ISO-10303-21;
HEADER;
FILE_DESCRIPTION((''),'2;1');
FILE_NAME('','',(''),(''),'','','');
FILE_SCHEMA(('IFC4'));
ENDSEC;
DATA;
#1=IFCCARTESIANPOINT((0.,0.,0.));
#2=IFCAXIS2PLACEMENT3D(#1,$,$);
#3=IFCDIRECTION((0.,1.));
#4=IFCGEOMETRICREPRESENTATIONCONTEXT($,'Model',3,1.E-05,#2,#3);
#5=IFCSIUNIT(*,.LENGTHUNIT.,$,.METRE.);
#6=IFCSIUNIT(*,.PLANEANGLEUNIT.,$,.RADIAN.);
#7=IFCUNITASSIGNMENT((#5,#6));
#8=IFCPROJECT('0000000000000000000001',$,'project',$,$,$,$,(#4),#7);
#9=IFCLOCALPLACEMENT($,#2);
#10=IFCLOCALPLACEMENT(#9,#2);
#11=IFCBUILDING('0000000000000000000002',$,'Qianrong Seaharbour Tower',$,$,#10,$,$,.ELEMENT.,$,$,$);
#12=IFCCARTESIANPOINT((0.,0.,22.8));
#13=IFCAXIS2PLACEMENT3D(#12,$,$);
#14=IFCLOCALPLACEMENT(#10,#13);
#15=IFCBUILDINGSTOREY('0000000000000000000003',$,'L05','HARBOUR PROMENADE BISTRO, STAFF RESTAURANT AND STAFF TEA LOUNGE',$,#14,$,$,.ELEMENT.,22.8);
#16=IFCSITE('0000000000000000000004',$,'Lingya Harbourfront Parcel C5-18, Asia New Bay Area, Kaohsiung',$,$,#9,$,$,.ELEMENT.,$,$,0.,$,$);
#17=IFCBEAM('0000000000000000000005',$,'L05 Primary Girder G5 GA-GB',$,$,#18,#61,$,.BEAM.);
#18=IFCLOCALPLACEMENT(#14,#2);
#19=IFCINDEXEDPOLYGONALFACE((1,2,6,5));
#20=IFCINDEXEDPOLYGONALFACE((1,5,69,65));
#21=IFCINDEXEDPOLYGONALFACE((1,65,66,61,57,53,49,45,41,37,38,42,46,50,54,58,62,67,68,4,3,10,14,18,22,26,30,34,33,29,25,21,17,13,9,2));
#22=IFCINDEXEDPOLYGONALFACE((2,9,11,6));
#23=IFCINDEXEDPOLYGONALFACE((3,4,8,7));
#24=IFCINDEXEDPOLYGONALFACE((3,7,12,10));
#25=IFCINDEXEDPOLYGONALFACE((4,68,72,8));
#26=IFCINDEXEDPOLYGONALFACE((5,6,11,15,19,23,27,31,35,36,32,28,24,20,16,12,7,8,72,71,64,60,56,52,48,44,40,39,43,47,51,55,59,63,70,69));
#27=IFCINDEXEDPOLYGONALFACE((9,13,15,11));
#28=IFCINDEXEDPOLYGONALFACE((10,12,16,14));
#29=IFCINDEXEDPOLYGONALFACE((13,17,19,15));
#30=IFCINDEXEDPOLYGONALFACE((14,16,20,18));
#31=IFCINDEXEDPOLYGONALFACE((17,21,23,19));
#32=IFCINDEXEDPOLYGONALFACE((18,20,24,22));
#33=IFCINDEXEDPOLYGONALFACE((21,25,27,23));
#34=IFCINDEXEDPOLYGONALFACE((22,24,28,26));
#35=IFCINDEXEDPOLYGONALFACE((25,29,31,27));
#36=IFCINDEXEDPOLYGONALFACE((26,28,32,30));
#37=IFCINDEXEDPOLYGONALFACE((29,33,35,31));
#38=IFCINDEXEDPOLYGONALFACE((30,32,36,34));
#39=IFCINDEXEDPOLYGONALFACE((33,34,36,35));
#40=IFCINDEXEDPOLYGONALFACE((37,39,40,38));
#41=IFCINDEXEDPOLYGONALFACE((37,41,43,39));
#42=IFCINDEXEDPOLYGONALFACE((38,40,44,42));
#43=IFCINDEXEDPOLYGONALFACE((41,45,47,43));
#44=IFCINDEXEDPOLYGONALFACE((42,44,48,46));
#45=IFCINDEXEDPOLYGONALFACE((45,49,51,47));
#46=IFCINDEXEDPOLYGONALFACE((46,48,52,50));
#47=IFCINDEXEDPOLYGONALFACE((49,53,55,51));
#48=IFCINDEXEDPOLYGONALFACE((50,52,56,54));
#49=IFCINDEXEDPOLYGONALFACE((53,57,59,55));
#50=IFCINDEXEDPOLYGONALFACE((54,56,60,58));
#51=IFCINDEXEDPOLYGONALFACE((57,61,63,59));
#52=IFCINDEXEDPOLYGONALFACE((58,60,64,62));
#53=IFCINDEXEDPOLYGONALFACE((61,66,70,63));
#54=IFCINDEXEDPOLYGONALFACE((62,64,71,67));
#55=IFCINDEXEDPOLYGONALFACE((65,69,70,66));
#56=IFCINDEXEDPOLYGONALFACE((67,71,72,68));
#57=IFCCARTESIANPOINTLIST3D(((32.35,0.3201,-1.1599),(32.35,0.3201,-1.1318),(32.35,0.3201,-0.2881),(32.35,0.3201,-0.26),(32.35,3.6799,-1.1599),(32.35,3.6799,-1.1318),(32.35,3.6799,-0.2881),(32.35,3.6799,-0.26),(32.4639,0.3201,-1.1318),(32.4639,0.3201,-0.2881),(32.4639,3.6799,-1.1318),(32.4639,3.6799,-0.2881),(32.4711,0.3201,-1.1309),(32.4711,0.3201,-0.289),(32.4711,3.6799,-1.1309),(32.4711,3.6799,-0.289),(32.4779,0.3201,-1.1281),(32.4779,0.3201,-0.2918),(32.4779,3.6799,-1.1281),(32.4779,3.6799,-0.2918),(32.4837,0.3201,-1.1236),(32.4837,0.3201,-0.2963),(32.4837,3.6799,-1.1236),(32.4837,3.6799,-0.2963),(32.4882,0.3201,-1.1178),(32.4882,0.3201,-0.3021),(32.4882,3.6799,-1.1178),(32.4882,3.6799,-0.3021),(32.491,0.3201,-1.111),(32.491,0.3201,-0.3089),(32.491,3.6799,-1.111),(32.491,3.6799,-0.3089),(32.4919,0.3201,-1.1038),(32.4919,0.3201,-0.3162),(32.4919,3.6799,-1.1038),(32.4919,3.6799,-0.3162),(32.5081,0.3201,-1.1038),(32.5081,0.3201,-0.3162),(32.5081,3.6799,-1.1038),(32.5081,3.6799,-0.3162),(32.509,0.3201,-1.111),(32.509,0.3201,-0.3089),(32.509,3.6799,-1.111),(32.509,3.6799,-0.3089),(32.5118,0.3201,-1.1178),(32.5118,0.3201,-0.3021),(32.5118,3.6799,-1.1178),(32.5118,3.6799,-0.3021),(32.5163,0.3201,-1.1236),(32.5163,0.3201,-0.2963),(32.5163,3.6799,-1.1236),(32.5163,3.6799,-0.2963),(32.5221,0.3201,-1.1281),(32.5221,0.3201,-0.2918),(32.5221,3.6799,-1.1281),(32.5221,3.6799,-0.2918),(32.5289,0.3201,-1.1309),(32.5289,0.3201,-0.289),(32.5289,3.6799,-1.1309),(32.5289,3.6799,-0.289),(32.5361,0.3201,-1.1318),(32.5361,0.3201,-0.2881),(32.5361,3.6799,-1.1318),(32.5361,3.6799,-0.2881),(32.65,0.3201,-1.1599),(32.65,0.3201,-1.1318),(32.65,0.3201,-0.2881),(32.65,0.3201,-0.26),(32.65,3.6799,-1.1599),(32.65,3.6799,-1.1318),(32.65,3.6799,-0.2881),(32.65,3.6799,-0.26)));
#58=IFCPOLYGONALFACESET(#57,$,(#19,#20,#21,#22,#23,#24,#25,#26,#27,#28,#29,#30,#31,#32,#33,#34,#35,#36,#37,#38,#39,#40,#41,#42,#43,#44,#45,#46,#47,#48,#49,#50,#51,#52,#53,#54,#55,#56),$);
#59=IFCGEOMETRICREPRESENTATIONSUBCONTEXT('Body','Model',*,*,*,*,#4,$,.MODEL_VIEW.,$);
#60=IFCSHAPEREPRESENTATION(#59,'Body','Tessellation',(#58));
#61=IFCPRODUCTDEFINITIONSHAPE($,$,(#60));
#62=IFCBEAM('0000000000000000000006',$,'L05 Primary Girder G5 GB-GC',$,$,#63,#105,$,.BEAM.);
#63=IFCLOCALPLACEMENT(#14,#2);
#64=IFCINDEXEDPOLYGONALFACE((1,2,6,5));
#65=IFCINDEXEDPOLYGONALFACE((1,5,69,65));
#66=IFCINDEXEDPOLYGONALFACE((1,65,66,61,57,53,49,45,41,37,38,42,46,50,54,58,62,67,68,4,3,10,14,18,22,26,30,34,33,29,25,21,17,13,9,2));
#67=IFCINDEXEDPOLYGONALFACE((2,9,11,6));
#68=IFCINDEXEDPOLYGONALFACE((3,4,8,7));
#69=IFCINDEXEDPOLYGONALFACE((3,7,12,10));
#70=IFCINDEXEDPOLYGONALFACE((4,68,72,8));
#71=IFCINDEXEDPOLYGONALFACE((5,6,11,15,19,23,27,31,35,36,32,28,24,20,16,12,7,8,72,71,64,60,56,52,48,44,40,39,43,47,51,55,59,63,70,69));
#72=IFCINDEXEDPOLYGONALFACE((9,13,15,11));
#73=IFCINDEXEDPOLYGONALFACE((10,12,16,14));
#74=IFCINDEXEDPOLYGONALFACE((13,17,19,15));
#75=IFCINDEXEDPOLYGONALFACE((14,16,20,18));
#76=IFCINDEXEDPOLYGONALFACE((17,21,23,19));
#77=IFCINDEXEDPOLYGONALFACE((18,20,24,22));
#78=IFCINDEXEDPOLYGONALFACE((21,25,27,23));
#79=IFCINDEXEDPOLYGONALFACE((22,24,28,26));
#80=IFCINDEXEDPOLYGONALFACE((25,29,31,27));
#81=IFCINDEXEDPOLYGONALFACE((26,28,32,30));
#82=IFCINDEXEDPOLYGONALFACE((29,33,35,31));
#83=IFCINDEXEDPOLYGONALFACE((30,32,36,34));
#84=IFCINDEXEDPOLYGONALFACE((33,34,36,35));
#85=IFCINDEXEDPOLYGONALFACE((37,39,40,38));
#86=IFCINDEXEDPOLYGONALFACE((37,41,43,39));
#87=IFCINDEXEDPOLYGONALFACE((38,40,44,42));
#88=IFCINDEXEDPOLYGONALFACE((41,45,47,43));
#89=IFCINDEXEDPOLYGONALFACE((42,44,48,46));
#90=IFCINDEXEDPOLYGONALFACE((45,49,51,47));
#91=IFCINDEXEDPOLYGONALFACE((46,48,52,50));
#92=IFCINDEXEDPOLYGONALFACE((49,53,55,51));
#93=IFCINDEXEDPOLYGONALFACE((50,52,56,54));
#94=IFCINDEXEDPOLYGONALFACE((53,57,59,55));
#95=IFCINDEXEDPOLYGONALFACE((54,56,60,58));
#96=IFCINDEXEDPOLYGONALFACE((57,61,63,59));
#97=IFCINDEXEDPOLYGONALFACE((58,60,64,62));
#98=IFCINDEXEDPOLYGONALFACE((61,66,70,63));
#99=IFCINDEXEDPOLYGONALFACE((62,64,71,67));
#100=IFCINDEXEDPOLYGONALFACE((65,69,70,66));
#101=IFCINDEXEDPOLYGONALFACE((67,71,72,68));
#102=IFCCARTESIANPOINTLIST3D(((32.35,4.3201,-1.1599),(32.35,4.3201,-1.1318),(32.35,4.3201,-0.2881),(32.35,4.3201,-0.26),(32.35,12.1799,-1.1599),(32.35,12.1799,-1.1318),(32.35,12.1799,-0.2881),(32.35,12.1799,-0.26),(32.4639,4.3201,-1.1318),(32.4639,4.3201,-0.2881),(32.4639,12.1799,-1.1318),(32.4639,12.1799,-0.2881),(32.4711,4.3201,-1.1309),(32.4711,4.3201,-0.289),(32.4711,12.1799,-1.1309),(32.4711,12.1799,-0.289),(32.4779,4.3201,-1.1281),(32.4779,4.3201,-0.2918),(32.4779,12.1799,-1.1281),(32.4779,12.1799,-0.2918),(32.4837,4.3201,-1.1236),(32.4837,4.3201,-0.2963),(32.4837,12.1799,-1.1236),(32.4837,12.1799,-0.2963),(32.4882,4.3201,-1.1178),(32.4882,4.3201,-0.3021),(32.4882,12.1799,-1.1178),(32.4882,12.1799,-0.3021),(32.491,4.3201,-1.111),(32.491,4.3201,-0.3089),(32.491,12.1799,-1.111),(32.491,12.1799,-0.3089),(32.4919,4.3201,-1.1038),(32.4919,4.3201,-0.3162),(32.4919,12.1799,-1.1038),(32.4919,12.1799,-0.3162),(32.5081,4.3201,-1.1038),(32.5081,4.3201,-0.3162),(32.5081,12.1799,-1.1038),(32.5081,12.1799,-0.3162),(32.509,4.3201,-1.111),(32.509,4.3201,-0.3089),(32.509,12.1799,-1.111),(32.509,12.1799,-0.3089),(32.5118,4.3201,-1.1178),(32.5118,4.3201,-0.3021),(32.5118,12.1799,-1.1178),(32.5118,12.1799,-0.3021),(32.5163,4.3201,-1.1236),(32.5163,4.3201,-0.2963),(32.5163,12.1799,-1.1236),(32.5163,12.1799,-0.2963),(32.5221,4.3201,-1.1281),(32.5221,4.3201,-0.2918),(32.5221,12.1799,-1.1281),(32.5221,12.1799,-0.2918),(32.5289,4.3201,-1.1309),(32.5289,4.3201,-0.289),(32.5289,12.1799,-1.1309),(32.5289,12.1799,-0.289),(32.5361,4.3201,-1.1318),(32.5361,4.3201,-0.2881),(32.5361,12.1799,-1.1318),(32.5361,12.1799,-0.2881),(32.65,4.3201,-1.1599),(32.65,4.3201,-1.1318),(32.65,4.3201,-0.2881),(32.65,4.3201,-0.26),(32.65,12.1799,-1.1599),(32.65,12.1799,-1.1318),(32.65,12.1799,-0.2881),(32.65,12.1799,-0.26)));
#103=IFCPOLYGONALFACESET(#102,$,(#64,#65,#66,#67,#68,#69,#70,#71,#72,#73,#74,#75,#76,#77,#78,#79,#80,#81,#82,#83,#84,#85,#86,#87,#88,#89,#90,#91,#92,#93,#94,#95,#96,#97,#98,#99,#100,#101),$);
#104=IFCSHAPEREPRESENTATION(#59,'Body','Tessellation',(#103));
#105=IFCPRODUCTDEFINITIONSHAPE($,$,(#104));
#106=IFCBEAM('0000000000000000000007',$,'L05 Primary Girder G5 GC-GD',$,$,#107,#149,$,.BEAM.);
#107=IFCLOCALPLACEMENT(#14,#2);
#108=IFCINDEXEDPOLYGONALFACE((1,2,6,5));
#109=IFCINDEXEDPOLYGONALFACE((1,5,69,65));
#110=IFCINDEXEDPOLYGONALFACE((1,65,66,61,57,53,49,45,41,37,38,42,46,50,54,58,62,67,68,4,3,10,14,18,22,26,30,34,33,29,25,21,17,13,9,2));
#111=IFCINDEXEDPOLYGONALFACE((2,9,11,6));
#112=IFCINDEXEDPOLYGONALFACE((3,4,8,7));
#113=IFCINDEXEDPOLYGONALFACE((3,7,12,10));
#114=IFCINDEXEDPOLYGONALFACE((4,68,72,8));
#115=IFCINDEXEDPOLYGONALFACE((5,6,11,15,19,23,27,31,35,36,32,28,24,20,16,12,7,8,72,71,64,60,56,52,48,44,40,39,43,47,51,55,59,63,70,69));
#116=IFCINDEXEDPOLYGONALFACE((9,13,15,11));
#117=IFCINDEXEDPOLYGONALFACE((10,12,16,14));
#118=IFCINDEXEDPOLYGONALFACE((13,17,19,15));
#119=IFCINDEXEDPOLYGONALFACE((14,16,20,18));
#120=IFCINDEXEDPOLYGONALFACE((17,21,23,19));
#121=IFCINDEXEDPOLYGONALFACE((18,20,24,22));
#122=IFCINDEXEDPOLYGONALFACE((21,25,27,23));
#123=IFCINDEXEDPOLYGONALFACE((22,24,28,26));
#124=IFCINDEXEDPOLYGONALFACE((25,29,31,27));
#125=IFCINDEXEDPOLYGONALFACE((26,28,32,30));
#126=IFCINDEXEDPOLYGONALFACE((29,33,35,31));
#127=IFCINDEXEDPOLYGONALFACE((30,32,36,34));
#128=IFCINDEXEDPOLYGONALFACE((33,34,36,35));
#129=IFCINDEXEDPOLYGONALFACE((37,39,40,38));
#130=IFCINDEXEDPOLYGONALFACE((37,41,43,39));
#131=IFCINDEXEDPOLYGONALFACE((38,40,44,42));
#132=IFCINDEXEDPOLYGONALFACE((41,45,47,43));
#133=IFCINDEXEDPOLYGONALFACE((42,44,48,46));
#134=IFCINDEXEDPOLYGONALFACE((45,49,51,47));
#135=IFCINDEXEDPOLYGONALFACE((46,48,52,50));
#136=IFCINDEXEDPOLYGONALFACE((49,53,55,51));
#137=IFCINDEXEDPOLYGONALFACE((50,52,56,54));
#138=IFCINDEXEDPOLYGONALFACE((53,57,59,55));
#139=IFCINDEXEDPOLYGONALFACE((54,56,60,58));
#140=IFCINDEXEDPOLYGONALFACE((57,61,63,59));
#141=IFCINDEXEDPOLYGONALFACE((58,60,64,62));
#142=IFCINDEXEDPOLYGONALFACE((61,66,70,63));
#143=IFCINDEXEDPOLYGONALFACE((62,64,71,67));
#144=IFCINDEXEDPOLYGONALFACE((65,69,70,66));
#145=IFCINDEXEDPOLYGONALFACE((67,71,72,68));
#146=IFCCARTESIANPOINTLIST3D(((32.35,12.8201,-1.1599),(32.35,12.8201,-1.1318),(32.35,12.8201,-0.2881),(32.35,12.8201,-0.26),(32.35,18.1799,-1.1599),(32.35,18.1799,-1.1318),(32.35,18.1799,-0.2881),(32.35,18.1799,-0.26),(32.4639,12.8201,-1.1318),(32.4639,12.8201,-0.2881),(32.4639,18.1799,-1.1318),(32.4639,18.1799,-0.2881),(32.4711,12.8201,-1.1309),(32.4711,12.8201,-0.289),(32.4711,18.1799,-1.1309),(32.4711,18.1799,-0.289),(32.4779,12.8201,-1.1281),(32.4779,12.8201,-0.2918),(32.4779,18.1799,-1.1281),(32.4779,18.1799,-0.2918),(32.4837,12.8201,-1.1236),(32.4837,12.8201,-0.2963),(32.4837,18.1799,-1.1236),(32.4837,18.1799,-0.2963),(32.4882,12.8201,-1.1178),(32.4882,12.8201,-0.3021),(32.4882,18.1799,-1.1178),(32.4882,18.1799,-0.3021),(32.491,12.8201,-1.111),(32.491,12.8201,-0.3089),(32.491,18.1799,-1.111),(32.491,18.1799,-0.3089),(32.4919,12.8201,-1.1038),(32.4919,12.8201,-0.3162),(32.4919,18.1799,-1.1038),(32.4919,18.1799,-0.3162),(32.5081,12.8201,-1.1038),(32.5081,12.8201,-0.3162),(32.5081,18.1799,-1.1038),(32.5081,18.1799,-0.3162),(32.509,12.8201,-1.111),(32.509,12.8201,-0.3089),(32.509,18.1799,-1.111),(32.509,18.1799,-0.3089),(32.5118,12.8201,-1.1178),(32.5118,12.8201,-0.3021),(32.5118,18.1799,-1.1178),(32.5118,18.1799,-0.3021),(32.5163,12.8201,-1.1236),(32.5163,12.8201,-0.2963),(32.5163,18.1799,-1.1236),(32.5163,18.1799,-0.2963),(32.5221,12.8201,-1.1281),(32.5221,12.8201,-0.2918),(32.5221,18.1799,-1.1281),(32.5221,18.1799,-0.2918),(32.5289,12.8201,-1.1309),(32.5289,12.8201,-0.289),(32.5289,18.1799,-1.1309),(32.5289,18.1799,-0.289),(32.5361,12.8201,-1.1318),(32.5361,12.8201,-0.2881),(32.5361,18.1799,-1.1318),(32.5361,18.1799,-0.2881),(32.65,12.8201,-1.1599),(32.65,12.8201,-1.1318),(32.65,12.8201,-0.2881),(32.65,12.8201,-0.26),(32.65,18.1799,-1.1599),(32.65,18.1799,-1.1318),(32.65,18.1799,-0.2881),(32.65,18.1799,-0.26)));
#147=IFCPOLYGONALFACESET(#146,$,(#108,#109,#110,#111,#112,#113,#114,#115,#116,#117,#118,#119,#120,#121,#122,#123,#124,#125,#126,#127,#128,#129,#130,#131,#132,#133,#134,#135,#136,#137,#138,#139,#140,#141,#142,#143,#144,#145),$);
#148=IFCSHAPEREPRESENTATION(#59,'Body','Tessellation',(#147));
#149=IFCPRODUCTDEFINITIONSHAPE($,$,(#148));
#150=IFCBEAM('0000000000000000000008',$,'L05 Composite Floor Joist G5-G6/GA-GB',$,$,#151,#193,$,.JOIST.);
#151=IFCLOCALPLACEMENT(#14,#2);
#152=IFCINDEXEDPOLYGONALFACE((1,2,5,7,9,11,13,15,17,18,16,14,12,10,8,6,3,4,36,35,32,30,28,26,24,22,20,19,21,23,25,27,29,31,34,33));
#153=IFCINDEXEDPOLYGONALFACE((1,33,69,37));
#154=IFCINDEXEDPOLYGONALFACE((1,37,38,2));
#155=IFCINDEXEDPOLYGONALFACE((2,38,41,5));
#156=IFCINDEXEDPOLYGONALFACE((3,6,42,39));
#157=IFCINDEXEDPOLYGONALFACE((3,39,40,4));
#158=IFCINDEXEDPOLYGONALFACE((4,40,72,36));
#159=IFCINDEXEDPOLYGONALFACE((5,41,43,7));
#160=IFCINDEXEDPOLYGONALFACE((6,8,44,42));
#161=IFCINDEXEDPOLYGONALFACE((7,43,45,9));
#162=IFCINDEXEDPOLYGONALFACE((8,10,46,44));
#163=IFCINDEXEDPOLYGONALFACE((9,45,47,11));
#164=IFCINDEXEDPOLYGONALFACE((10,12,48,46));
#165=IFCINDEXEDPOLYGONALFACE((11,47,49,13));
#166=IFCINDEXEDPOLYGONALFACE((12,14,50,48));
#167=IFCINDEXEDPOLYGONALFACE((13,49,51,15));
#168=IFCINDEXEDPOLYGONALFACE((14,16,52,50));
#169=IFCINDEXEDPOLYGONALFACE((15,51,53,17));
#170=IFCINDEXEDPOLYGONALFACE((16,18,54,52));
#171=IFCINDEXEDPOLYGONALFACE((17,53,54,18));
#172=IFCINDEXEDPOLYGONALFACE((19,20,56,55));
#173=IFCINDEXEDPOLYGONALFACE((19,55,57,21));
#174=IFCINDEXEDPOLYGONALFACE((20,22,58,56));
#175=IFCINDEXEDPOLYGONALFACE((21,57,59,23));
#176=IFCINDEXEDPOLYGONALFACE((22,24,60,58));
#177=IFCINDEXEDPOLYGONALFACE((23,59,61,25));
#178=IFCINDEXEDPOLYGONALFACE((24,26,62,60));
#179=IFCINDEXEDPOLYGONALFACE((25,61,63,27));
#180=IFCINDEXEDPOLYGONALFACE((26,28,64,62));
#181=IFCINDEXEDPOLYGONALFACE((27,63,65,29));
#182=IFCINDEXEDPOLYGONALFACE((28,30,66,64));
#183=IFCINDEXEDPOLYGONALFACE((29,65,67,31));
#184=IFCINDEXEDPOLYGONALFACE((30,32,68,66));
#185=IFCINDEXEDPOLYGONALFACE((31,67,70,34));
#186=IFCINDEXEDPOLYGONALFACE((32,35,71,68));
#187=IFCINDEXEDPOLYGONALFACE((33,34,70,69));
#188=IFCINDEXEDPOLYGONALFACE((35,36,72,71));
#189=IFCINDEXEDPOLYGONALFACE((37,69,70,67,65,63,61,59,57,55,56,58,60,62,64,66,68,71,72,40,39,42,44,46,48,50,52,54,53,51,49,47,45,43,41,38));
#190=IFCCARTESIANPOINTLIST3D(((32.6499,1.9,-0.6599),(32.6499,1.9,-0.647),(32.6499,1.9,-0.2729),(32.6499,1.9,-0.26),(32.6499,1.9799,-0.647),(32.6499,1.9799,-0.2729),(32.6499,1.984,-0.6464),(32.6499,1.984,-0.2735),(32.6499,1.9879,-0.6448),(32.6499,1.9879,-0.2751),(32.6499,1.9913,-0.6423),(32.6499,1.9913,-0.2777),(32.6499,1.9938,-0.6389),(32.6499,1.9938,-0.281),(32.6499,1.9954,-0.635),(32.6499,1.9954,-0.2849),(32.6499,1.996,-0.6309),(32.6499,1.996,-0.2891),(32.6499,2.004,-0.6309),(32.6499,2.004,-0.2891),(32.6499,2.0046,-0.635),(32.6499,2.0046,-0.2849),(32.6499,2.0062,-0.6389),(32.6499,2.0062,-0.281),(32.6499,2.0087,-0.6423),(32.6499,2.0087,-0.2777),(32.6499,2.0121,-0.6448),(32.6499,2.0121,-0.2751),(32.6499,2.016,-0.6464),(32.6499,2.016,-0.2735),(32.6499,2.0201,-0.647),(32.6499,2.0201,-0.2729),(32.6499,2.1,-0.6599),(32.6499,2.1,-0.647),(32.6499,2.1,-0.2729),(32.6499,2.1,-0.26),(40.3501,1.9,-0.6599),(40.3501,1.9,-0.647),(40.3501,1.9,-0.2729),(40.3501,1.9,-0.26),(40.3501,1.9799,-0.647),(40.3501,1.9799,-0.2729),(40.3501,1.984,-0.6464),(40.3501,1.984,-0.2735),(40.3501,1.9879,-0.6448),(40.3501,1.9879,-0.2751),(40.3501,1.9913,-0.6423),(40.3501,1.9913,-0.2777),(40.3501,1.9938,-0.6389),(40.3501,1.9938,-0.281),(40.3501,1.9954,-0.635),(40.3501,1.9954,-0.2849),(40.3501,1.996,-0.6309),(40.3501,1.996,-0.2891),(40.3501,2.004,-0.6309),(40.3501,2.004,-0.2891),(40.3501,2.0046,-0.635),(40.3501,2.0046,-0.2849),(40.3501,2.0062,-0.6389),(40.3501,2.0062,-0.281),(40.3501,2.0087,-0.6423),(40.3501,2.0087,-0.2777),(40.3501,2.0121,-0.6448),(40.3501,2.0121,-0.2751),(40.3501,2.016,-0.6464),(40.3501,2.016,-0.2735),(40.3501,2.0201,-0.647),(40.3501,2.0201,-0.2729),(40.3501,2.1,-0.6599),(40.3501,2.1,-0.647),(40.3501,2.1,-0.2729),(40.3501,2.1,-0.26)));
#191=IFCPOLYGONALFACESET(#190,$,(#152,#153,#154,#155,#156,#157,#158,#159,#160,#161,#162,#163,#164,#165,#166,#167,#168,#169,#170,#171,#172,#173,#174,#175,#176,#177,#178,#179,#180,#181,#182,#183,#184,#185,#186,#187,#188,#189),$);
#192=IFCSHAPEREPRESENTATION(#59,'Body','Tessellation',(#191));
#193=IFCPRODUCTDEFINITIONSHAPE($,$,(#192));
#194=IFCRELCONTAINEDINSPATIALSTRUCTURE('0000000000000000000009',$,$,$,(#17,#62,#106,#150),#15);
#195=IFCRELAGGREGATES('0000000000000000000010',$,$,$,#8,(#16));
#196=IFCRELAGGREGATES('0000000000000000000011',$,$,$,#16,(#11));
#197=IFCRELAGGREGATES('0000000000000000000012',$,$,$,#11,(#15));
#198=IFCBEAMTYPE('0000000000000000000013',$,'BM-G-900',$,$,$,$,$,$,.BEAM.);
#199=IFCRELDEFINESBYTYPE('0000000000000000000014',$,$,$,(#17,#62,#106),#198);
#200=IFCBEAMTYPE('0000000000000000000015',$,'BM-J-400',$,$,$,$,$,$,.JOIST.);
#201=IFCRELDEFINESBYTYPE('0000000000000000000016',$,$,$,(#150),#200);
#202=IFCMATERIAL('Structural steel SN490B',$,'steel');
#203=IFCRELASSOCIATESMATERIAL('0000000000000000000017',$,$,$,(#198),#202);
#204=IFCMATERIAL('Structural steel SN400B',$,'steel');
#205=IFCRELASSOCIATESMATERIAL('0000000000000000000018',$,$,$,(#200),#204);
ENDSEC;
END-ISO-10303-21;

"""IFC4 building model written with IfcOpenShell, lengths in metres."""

from ifc_helpers import new_model, si_unit, direction, frame, origin, origin_2d, place, context, subcontext, project, spatial, i_section, extrude, material, material_profile, profile_set, type_object, element, save


model = new_model("IFC4")

# Units and contexts
model_context = context("Model", 3, precision=1e-05, world=origin(), true_north=direction((0.0, 1.0)))
body_context = subcontext(model_context, "Body", "Model", "MODEL_VIEW")
ifc_project = project(units=[si_unit("LENGTHUNIT", "METRE"), si_unit("PLANEANGLEUNIT", "RADIAN")], contexts=[model_context])

# Site, building, storey
site_placement = place(None, origin())
site = spatial("IfcSite", under=ifc_project, at=site_placement, Name="Lingya Harbourfront Parcel C5-18, Asia New Bay Area, Kaohsiung", CompositionType="ELEMENT", RefElevation=0.0)
building_placement = place(site_placement, origin())
building = spatial("IfcBuilding", under=site, at=building_placement, Name="Qianrong Seaharbour Tower", CompositionType="ELEMENT")
storey_placement = place(building_placement, frame((0.0, 0.0, 22.8)))
storey = spatial("IfcBuildingStorey", under=building, at=storey_placement, Name="L05", Description="HARBOUR PROMENADE BISTRO, STAFF RESTAURANT AND STAFF TEA LOUNGE", CompositionType="ELEMENT", Elevation=22.8)

# Shared definitions
ifc_material_1 = material(Name="Structural steel SN490B", Category="steel")

# Beams
ifc_material_profile_1 = material_profile(ifc_material_1, i_section(OverallWidth=0.3, OverallDepth=0.8999, WebThickness=0.0161, FlangeThickness=0.0281, FilletRadius=0.0281, at=origin_2d()), Name="H900x300x16x28")
ifc_profile_set_1 = profile_set([ifc_material_profile_1], Name="Structural steel SN490B")
beam_type_1 = type_object("IfcBeamType", Name="BM-G-900", PredefinedType="BEAM", material=ifc_profile_set_1)
beam_1_placement = place(storey_placement, frame((32.5, 0.3201, -0.71), z_axis=(0.0, 1.0, 0.0), x_axis=(-1.0, 0.0, 0.0)))
element("IfcBeam", 1, at=beam_1_placement, inside=storey, type_object=beam_type_1, Name="L05 Primary Girder G5 GA-GB", PredefinedType="BEAM", context=body_context, shape_type="SweptSolid", body=[
    extrude(i_section(OverallWidth=0.3, OverallDepth=0.8999, WebThickness=0.0161, FlangeThickness=0.0281, FilletRadius=0.0281, at=origin_2d()), origin(), (0.0, 0.0, 1.0), 3.3599),
])
beam_2_placement = place(storey_placement, frame((32.5, 4.3201, -0.71), z_axis=(0.0, 1.0, 0.0), x_axis=(-1.0, 0.0, 0.0)))
element("IfcBeam", 2, at=beam_2_placement, inside=storey, type_object=beam_type_1, Name="L05 Primary Girder G5 GB-GC", PredefinedType="BEAM", context=body_context, shape_type="SweptSolid", body=[
    extrude(i_section(OverallWidth=0.3, OverallDepth=0.8999, WebThickness=0.0161, FlangeThickness=0.0281, FilletRadius=0.0281, at=origin_2d()), origin(), (0.0, 0.0, 1.0), 7.8599),
])
beam_3_placement = place(storey_placement, frame((32.5, 12.8201, -0.71), z_axis=(0.0, 1.0, 0.0), x_axis=(-1.0, 0.0, 0.0)))
element("IfcBeam", 3, at=beam_3_placement, inside=storey, type_object=beam_type_1, Name="L05 Primary Girder G5 GC-GD", PredefinedType="BEAM", context=body_context, shape_type="SweptSolid", body=[
    extrude(i_section(OverallWidth=0.3, OverallDepth=0.8999, WebThickness=0.0161, FlangeThickness=0.0281, FilletRadius=0.0281, at=origin_2d()), origin(), (0.0, 0.0, 1.0), 5.3599),
])
ifc_material_2 = material(Name="Structural steel SN400B", Category="steel")
ifc_material_profile_2 = material_profile(ifc_material_2, i_section(OverallWidth=0.2, OverallDepth=0.3999, WebThickness=0.0081, FlangeThickness=0.0129, FilletRadius=0.0161, at=origin_2d()), Name="H400x200x8x13")
ifc_profile_set_2 = profile_set([ifc_material_profile_2], Name="Structural steel SN400B")
beam_type_2 = type_object("IfcBeamType", Name="BM-J-400", PredefinedType="JOIST", material=ifc_profile_set_2)
for number, where, z_axis, x_axis, name in (
    (4, (32.6499, 2.0, -0.46), (1.0, 0.0, 0.0), (0.0, 1.0, 0.0), "L05 Composite Floor Joist G5-G6/GA-GB"),
):
    element("IfcBeam", number, at=place(storey_placement, frame(where, z_axis=z_axis, x_axis=x_axis)), inside=storey, type_object=beam_type_2, Name=name, PredefinedType="JOIST", context=body_context, shape_type="SweptSolid", body=[
        extrude(i_section(OverallWidth=0.2, OverallDepth=0.3999, WebThickness=0.0081, FlangeThickness=0.0129, FilletRadius=0.0161, at=origin_2d()), origin(), (0.0, 0.0, 1.0), 7.7002),
    ])

save(model, "model.ifc")
